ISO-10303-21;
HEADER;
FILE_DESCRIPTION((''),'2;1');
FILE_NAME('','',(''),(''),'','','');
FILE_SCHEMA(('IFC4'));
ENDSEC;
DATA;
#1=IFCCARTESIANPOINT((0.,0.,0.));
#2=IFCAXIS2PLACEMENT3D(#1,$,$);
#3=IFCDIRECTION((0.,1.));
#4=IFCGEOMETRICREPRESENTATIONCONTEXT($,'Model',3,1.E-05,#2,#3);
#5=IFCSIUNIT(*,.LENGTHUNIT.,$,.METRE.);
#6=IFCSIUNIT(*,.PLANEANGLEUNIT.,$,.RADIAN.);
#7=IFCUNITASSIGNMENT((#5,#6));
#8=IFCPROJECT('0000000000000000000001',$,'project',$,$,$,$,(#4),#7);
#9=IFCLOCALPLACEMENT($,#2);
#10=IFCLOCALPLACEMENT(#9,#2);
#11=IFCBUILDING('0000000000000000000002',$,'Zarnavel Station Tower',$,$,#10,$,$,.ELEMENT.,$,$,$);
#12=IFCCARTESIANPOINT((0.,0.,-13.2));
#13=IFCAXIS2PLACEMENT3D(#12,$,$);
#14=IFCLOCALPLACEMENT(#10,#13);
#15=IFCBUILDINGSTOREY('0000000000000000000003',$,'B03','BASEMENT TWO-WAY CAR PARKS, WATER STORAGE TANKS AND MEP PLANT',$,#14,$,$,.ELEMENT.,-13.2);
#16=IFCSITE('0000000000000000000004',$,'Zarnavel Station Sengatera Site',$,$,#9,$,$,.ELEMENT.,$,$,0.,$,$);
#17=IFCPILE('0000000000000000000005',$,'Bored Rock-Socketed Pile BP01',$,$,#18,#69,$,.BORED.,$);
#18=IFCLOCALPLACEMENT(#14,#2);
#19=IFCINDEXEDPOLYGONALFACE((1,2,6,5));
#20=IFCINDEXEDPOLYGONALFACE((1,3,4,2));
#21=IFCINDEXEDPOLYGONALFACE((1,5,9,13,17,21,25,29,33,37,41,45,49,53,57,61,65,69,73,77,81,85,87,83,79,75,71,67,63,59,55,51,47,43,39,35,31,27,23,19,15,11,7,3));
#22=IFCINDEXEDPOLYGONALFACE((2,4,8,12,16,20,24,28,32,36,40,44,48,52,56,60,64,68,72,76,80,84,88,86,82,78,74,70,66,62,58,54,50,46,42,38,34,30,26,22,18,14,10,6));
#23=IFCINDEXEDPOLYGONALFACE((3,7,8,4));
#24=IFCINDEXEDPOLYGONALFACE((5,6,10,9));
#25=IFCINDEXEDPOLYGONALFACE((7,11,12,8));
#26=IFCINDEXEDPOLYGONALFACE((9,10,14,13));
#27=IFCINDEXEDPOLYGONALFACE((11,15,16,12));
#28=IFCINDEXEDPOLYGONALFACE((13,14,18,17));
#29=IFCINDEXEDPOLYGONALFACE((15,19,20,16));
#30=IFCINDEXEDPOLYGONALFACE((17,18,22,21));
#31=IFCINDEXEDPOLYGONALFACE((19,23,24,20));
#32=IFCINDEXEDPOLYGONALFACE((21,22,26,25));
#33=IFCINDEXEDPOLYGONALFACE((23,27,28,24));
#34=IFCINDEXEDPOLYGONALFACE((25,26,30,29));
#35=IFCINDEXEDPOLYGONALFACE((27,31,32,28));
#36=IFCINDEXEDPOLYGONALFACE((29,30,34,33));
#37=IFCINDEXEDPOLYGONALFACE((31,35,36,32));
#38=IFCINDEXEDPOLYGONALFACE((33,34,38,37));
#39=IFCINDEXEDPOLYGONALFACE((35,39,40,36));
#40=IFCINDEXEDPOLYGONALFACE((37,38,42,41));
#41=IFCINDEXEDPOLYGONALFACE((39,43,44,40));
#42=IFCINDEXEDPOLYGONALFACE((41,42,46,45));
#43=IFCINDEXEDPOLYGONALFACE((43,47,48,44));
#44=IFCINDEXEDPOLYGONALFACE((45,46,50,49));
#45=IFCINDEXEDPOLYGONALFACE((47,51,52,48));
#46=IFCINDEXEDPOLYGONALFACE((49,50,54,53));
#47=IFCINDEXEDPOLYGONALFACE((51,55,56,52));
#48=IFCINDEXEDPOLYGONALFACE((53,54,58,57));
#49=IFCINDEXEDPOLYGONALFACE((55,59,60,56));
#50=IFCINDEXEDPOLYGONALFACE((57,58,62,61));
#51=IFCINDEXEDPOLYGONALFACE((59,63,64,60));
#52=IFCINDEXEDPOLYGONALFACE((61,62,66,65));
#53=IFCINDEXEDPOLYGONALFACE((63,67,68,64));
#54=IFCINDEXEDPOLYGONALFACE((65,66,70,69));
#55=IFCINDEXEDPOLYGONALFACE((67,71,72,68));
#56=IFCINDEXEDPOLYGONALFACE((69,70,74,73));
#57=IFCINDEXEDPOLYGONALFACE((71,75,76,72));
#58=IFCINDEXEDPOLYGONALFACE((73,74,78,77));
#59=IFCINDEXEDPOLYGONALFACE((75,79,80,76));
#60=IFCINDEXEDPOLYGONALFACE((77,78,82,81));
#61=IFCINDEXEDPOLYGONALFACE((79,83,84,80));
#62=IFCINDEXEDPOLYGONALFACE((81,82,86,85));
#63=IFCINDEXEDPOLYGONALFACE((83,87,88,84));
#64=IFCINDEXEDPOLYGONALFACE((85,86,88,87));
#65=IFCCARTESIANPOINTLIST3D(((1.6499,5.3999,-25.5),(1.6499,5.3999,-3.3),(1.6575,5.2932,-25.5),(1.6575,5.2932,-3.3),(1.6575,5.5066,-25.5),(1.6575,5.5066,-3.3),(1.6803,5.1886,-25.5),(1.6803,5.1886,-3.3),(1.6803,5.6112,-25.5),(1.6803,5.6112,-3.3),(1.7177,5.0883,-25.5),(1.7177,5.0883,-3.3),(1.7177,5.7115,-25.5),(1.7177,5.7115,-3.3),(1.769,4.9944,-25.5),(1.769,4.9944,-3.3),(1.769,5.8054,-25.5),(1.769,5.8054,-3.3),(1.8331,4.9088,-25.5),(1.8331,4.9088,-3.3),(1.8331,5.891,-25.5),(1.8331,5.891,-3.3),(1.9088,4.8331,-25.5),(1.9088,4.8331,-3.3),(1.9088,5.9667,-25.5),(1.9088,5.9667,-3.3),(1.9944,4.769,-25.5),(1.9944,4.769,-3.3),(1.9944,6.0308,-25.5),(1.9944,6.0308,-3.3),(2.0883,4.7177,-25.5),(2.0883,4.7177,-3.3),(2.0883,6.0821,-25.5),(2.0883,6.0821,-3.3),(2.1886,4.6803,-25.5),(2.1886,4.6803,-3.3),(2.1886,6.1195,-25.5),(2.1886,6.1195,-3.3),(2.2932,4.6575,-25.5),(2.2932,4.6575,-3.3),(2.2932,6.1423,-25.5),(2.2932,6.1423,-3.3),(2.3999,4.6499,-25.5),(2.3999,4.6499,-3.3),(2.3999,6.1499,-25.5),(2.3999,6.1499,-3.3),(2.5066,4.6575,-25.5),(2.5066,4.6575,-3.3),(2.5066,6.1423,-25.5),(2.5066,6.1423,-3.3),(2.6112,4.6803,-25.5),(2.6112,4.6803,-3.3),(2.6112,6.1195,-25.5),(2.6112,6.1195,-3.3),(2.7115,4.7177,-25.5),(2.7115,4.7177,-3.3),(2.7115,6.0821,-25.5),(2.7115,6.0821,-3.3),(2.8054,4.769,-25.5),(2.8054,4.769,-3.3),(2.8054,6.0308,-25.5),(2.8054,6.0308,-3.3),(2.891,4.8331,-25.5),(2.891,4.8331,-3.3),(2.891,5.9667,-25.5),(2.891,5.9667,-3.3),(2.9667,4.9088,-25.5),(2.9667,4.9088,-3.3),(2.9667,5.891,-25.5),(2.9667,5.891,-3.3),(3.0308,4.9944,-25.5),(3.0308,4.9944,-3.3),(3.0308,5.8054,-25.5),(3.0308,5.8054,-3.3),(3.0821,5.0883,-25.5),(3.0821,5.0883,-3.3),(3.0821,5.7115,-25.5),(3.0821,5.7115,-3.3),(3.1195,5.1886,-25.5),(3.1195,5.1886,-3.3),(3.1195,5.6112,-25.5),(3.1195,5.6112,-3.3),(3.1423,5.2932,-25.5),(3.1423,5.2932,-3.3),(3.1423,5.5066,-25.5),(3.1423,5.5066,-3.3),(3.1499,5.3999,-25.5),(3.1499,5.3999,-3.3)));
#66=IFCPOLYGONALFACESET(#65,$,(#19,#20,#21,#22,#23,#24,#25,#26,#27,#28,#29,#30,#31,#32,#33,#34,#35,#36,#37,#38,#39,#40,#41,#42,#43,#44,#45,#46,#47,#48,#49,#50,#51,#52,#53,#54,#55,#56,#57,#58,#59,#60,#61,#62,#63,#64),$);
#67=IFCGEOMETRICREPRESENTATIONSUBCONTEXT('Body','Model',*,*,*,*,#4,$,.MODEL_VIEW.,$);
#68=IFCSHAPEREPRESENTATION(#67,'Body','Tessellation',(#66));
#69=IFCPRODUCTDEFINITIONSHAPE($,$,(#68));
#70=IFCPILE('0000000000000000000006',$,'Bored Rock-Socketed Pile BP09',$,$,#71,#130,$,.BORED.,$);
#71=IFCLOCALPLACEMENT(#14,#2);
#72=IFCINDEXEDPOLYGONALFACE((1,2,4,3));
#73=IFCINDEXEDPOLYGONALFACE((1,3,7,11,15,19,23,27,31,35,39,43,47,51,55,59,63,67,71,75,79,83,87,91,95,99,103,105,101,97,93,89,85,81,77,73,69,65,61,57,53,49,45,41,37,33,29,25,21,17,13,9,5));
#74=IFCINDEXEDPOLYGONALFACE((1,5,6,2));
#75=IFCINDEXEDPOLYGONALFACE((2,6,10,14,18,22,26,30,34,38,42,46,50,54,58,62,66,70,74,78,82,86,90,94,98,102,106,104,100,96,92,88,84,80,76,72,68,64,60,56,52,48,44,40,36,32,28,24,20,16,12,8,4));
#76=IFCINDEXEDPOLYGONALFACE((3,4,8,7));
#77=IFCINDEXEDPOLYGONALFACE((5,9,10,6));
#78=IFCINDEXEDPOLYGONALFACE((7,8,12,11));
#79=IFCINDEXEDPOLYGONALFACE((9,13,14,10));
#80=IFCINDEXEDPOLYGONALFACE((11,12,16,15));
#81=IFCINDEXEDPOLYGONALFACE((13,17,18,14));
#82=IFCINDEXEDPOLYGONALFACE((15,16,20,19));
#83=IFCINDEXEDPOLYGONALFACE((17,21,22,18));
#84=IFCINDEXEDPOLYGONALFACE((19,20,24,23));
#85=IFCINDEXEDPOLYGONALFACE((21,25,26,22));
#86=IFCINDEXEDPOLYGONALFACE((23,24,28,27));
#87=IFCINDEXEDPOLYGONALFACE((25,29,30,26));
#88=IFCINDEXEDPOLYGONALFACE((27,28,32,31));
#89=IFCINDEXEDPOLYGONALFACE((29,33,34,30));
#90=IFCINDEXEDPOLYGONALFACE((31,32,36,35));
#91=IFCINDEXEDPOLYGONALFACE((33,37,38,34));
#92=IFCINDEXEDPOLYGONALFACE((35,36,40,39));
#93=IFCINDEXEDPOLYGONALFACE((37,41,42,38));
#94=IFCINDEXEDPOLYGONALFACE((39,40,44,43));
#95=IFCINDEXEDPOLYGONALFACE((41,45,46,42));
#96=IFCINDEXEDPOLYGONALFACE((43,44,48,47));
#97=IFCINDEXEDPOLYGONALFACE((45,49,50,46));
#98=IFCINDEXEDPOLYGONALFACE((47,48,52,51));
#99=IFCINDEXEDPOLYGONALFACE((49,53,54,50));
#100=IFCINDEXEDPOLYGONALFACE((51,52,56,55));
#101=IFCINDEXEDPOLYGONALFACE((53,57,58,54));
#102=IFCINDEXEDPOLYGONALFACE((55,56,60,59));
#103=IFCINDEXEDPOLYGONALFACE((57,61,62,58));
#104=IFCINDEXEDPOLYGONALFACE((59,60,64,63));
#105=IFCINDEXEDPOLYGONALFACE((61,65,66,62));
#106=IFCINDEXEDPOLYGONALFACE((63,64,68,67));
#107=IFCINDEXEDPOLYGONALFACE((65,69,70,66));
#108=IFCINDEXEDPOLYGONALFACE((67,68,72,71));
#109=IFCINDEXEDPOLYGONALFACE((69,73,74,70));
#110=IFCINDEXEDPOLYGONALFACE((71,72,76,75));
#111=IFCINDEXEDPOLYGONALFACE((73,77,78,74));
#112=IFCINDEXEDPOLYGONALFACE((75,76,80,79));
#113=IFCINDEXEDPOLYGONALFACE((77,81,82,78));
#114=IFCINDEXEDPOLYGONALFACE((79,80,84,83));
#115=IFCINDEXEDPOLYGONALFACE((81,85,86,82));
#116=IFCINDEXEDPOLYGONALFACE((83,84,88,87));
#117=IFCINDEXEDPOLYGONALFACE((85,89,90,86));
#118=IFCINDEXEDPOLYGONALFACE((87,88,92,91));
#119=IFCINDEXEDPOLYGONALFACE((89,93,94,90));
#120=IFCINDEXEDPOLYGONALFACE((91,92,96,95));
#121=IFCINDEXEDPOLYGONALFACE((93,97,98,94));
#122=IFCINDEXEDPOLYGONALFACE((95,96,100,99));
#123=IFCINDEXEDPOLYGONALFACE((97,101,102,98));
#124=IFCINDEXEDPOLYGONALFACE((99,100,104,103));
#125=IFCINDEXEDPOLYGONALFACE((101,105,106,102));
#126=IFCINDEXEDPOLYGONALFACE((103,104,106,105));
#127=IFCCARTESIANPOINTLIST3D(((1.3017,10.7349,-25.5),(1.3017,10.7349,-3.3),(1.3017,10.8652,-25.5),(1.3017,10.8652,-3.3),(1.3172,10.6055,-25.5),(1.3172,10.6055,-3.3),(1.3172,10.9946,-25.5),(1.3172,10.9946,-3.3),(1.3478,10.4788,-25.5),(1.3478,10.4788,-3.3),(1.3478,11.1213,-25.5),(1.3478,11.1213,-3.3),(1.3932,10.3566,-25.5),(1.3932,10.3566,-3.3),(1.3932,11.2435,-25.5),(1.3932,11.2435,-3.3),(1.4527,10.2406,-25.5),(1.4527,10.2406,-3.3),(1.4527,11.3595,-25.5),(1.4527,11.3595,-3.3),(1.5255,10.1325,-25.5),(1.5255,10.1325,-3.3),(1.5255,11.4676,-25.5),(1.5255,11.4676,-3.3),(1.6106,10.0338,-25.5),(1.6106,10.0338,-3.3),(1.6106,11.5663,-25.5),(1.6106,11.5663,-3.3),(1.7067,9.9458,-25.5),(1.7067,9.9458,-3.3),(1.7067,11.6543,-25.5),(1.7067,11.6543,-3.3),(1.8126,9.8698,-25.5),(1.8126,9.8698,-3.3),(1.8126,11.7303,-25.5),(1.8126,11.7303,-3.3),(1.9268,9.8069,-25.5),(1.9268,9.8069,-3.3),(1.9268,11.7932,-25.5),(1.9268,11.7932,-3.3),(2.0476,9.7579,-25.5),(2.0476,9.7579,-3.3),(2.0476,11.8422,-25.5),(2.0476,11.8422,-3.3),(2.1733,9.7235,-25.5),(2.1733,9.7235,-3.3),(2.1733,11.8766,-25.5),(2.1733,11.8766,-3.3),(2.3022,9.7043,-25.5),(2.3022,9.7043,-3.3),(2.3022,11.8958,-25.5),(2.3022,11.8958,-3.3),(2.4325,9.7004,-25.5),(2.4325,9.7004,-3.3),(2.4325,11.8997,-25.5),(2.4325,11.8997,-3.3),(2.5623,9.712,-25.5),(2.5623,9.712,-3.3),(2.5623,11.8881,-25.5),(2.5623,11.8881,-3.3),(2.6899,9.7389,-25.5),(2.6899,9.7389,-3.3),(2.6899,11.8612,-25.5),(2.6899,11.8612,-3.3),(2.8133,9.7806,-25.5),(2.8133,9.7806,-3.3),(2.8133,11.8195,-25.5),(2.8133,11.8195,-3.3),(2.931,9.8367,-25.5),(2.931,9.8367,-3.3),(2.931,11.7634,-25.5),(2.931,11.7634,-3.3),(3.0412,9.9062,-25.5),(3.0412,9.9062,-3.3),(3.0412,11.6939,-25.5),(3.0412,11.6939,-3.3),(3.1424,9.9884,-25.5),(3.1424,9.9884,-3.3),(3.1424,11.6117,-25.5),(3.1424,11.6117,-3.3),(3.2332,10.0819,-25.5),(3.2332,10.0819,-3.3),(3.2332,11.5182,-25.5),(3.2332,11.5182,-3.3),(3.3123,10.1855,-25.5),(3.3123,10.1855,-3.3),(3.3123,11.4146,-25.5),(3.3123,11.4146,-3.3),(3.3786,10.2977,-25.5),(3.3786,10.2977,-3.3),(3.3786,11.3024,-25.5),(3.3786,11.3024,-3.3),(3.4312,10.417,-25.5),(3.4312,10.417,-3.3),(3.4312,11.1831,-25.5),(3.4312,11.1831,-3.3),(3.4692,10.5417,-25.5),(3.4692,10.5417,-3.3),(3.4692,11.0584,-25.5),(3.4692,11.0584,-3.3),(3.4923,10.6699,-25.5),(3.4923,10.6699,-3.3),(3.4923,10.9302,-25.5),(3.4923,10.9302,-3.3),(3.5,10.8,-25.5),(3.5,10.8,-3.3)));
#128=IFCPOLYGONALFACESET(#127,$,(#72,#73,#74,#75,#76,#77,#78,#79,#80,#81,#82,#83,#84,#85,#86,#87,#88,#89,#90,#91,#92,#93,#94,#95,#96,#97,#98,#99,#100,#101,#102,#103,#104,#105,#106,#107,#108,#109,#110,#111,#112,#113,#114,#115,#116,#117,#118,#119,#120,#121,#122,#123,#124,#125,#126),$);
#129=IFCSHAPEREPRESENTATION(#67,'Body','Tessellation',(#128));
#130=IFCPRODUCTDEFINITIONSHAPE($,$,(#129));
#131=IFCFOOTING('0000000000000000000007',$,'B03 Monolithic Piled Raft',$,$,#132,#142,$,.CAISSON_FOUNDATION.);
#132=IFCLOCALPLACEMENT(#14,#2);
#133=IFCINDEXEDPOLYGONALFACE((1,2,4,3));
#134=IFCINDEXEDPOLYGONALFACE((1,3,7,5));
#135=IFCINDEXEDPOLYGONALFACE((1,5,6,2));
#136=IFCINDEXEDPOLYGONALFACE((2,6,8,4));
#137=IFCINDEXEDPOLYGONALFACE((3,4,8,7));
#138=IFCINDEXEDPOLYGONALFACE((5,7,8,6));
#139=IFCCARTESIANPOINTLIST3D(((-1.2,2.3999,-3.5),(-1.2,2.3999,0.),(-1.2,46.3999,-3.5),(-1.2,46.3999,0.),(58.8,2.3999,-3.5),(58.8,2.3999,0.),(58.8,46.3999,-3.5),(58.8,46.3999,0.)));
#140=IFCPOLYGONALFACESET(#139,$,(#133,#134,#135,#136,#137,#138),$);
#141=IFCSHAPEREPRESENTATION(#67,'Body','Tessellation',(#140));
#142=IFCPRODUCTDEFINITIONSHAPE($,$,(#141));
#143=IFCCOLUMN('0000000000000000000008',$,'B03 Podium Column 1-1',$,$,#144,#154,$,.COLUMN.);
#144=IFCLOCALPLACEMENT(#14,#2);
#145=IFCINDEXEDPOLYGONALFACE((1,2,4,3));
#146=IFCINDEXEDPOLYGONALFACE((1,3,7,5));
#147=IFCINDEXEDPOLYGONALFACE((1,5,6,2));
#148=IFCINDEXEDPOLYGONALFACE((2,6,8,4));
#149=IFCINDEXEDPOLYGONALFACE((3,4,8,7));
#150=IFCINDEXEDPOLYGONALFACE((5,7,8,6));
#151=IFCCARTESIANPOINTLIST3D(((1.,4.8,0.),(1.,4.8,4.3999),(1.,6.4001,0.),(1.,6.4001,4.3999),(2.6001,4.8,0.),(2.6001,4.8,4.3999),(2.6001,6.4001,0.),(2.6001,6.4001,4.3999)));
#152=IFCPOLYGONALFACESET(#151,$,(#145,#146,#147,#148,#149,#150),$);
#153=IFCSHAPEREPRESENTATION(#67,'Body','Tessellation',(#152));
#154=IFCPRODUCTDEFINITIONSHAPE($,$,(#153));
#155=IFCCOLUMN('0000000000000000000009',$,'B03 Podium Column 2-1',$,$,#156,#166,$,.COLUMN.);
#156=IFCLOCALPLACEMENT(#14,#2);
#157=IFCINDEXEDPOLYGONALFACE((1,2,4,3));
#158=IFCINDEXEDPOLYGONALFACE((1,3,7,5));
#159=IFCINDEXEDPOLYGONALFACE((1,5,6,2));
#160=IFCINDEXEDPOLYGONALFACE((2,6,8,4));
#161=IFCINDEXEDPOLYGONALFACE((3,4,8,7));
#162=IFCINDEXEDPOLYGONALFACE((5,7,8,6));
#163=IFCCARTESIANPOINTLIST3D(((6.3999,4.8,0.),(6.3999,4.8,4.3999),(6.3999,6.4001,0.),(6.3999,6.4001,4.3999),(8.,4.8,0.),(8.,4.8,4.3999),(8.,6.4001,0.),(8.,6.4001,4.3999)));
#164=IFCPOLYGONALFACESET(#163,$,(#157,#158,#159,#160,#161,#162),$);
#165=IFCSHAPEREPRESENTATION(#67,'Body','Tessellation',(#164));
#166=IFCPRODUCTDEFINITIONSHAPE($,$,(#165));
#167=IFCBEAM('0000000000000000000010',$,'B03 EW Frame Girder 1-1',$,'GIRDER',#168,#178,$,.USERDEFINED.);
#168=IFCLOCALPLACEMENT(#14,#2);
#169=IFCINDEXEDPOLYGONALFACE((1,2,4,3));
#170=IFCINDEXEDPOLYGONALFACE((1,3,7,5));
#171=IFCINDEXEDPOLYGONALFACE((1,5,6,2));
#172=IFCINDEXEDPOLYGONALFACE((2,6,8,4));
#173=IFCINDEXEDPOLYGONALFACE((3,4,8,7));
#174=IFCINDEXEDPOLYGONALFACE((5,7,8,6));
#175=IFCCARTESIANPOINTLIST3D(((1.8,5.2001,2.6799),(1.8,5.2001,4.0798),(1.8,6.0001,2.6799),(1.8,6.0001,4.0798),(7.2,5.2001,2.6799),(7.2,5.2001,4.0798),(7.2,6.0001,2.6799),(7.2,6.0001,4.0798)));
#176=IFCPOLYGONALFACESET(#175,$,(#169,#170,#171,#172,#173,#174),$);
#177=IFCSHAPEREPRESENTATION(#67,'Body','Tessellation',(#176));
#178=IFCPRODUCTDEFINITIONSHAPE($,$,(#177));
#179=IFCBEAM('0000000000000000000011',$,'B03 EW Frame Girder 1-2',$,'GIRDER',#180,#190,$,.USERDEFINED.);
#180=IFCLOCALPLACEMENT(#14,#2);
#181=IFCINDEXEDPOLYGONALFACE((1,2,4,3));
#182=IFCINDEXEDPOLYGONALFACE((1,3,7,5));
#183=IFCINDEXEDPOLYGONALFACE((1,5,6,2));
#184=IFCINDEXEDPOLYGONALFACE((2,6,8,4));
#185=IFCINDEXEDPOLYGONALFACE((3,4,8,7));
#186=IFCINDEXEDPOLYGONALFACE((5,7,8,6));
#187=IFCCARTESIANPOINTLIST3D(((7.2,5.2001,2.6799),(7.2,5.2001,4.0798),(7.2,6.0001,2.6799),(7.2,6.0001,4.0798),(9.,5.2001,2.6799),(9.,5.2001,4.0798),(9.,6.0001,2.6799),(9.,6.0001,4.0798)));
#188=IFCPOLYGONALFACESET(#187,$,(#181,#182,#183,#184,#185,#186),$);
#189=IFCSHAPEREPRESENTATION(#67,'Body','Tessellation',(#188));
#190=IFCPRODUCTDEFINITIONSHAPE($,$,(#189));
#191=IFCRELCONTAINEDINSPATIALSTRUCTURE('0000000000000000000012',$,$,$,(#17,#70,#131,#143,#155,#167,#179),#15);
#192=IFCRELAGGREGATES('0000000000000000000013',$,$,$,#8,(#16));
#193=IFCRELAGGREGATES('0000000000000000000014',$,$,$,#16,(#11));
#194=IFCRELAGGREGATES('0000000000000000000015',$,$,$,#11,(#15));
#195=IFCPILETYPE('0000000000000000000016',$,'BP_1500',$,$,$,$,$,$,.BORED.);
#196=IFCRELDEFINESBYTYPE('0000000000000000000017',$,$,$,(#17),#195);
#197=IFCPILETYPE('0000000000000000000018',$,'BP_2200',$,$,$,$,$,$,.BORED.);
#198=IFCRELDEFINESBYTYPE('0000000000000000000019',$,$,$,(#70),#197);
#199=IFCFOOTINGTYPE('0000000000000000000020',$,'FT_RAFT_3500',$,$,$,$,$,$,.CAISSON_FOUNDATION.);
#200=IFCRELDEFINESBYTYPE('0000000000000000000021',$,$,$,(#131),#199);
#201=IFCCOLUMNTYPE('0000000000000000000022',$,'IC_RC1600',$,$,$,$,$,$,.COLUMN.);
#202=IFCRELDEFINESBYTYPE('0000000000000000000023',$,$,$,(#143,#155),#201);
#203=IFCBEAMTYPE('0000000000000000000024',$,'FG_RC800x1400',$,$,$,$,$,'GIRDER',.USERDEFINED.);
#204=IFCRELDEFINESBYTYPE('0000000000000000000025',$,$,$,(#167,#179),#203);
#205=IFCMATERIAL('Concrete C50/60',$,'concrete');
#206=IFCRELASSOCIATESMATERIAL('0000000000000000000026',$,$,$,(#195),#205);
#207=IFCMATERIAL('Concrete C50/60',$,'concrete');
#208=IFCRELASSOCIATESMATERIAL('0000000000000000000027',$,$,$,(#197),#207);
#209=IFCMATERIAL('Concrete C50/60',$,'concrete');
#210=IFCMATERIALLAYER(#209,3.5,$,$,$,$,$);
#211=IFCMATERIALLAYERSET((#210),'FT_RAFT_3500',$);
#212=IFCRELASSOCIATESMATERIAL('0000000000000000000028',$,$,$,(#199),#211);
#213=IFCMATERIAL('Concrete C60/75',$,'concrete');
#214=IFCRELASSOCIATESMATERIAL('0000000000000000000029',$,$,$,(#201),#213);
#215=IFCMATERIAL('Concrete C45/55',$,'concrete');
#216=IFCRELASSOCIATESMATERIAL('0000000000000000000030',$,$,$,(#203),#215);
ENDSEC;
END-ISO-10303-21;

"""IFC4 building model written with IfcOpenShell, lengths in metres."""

from ifc_helpers import new_model, si_unit, direction, frame, origin, origin_2d, place, context, subcontext, project, spatial, polyline, rectangle, circle, outline, extrude, material, layer, layer_set, material_profile, profile_set, type_object, element, save


model = new_model("IFC4")

# Units and contexts
model_context = context("Model", 3, precision=1e-05, world=origin(), true_north=direction((0.0, 1.0)))
body_context = subcontext(model_context, "Body", "Model", "MODEL_VIEW")
ifc_project = project(units=[si_unit("LENGTHUNIT", "METRE"), si_unit("PLANEANGLEUNIT", "RADIAN")], contexts=[model_context])

# Site, building, storey
site_placement = place(None, origin())
site = spatial("IfcSite", under=ifc_project, at=site_placement, Name="Zarnavel Station Sengatera Site", CompositionType="ELEMENT", RefElevation=0.0)
building_placement = place(site_placement, origin())
building = spatial("IfcBuilding", under=site, at=building_placement, Name="Zarnavel Station Tower", CompositionType="ELEMENT")
storey_placement = place(building_placement, frame((0.0, 0.0, -13.2)))
storey = spatial("IfcBuildingStorey", under=building, at=storey_placement, Name="B03", Description="BASEMENT TWO-WAY CAR PARKS, WATER STORAGE TANKS AND MEP PLANT", CompositionType="ELEMENT", Elevation=-13.2)

# Piles
ifc_material_1 = material(Name="Concrete C50/60", Category="concrete")
ifc_material_profile_1 = material_profile(ifc_material_1, circle(Radius=0.75, at=origin_2d()), Name="PILE1500")
ifc_profile_set_1 = profile_set([ifc_material_profile_1], Name="Concrete C50/60")
pile_type_1 = type_object("IfcPileType", Name="BP_1500", PredefinedType="BORED", material=ifc_profile_set_1)
pile_1_placement = place(storey_placement, frame((2.3999, 5.3999, -3.3), z_axis=(0.0, 0.0, -1.0), x_axis=(1.0, 0.0, 0.0)))
element("IfcPile", 1, at=pile_1_placement, inside=storey, type_object=pile_type_1, Name="Bored Rock-Socketed Pile BP01", PredefinedType="BORED", context=body_context, shape_type="SweptSolid", body=[
    extrude(circle(Radius=0.75, at=origin_2d()), origin(), (0.0, 0.0, 1.0), 22.2),
])
ifc_material_2 = material(Name="Concrete C50/60", Category="concrete")
ifc_material_profile_2 = material_profile(ifc_material_2, circle(Radius=1.1001, at=origin_2d()), Name="PILE2200")
ifc_profile_set_2 = profile_set([ifc_material_profile_2], Name="Concrete C50/60")
pile_type_2 = type_object("IfcPileType", Name="BP_2200", PredefinedType="BORED", material=ifc_profile_set_2)
pile_2_placement = place(storey_placement, frame((2.3999, 10.8, -3.3), z_axis=(0.0, 0.0, -1.0), x_axis=(1.0, 0.0, 0.0)))
element("IfcPile", 2, at=pile_2_placement, inside=storey, type_object=pile_type_2, Name="Bored Rock-Socketed Pile BP09", PredefinedType="BORED", context=body_context, shape_type="SweptSolid", body=[
    extrude(circle(Radius=1.1001, at=origin_2d()), origin(), (0.0, 0.0, 1.0), 22.2),
])

# Footing
ifc_material_3 = material(Name="Concrete C50/60", Category="concrete")
ifc_layer_1 = layer(ifc_material_3, 3.5)
ifc_layer_set_1 = layer_set([ifc_layer_1], Name="FT_RAFT_3500")
footing_type = type_object("IfcFootingType", Name="FT_RAFT_3500", PredefinedType="CAISSON_FOUNDATION", material=ifc_layer_set_1)
footing_placement = place(storey_placement, frame((0.0, 0.0, -3.5)))
element("IfcFooting", 3, at=footing_placement, inside=storey, type_object=footing_type, Name="B03 Monolithic Piled Raft", PredefinedType="CAISSON_FOUNDATION", context=body_context, shape_type="SweptSolid", body=[
    extrude(outline(polyline([(-1.2, 2.3999), (58.8, 2.3999), (58.8, 46.3999), (-1.2, 46.3999), (-1.2, 2.3999)])), origin(), (0.0, 0.0, 1.0), 3.5),
])

# Columns
ifc_material_4 = material(Name="Concrete C60/75", Category="concrete")
ifc_material_profile_3 = material_profile(ifc_material_4, rectangle(XDim=1.6001, YDim=1.6001, at=origin_2d()), Name="RC1600x1600")
ifc_profile_set_3 = profile_set([ifc_material_profile_3], Name="Concrete C60/75")
column_type = type_object("IfcColumnType", Name="IC_RC1600", PredefinedType="COLUMN", material=ifc_profile_set_3)
for number, where, z_axis, x_axis, name in (
    (4, (1.8, 5.6001, 0.0), (0.0, 0.0, 1.0), (1.0, 0.0, 0.0), "B03 Podium Column 1-1"),
    (5, (7.2, 5.6001, 0.0), (0.0, 0.0, 1.0), (1.0, 0.0, 0.0), "B03 Podium Column 2-1"),
):
    element("IfcColumn", number, at=place(storey_placement, frame(where, z_axis=z_axis, x_axis=x_axis)), inside=storey, type_object=column_type, Name=name, PredefinedType="COLUMN", context=body_context, shape_type="SweptSolid", body=[
        extrude(rectangle(XDim=1.6001, YDim=1.6001, at=origin_2d()), origin(), (0.0, 0.0, 1.0), 4.3999),
    ])

# Beams
ifc_material_5 = material(Name="Concrete C45/55", Category="concrete")
ifc_material_profile_4 = material_profile(ifc_material_5, rectangle(XDim=0.8, YDim=1.3999, at=origin_2d()), Name="RC800x1400")
ifc_profile_set_4 = profile_set([ifc_material_profile_4], Name="Concrete C45/55")
beam_type = type_object("IfcBeamType", Name="FG_RC800x1400", ElementType="GIRDER", PredefinedType="USERDEFINED", material=ifc_profile_set_4)
beam_1_placement = place(storey_placement, frame((1.8, 5.6001, 3.3799), z_axis=(1.0, 0.0, 0.0), x_axis=(0.0, 1.0, 0.0)))
element("IfcBeam", 6, at=beam_1_placement, inside=storey, type_object=beam_type, Name="B03 EW Frame Girder 1-1", ObjectType="GIRDER", PredefinedType="USERDEFINED", context=body_context, shape_type="SweptSolid", body=[
    extrude(rectangle(XDim=0.8, YDim=1.3999, at=origin_2d()), origin(), (0.0, 0.0, 1.0), 5.3999),
])
beam_2_placement = place(storey_placement, frame((7.2, 5.6001, 3.3799), z_axis=(1.0, 0.0, 0.0), x_axis=(0.0, 1.0, 0.0)))
element("IfcBeam", 7, at=beam_2_placement, inside=storey, type_object=beam_type, Name="B03 EW Frame Girder 1-2", ObjectType="GIRDER", PredefinedType="USERDEFINED", context=body_context, shape_type="SweptSolid", body=[
    extrude(rectangle(XDim=0.8, YDim=1.3999, at=origin_2d()), origin(), (0.0, 0.0, 1.0), 1.8),
])

save(model, "model.ifc")
